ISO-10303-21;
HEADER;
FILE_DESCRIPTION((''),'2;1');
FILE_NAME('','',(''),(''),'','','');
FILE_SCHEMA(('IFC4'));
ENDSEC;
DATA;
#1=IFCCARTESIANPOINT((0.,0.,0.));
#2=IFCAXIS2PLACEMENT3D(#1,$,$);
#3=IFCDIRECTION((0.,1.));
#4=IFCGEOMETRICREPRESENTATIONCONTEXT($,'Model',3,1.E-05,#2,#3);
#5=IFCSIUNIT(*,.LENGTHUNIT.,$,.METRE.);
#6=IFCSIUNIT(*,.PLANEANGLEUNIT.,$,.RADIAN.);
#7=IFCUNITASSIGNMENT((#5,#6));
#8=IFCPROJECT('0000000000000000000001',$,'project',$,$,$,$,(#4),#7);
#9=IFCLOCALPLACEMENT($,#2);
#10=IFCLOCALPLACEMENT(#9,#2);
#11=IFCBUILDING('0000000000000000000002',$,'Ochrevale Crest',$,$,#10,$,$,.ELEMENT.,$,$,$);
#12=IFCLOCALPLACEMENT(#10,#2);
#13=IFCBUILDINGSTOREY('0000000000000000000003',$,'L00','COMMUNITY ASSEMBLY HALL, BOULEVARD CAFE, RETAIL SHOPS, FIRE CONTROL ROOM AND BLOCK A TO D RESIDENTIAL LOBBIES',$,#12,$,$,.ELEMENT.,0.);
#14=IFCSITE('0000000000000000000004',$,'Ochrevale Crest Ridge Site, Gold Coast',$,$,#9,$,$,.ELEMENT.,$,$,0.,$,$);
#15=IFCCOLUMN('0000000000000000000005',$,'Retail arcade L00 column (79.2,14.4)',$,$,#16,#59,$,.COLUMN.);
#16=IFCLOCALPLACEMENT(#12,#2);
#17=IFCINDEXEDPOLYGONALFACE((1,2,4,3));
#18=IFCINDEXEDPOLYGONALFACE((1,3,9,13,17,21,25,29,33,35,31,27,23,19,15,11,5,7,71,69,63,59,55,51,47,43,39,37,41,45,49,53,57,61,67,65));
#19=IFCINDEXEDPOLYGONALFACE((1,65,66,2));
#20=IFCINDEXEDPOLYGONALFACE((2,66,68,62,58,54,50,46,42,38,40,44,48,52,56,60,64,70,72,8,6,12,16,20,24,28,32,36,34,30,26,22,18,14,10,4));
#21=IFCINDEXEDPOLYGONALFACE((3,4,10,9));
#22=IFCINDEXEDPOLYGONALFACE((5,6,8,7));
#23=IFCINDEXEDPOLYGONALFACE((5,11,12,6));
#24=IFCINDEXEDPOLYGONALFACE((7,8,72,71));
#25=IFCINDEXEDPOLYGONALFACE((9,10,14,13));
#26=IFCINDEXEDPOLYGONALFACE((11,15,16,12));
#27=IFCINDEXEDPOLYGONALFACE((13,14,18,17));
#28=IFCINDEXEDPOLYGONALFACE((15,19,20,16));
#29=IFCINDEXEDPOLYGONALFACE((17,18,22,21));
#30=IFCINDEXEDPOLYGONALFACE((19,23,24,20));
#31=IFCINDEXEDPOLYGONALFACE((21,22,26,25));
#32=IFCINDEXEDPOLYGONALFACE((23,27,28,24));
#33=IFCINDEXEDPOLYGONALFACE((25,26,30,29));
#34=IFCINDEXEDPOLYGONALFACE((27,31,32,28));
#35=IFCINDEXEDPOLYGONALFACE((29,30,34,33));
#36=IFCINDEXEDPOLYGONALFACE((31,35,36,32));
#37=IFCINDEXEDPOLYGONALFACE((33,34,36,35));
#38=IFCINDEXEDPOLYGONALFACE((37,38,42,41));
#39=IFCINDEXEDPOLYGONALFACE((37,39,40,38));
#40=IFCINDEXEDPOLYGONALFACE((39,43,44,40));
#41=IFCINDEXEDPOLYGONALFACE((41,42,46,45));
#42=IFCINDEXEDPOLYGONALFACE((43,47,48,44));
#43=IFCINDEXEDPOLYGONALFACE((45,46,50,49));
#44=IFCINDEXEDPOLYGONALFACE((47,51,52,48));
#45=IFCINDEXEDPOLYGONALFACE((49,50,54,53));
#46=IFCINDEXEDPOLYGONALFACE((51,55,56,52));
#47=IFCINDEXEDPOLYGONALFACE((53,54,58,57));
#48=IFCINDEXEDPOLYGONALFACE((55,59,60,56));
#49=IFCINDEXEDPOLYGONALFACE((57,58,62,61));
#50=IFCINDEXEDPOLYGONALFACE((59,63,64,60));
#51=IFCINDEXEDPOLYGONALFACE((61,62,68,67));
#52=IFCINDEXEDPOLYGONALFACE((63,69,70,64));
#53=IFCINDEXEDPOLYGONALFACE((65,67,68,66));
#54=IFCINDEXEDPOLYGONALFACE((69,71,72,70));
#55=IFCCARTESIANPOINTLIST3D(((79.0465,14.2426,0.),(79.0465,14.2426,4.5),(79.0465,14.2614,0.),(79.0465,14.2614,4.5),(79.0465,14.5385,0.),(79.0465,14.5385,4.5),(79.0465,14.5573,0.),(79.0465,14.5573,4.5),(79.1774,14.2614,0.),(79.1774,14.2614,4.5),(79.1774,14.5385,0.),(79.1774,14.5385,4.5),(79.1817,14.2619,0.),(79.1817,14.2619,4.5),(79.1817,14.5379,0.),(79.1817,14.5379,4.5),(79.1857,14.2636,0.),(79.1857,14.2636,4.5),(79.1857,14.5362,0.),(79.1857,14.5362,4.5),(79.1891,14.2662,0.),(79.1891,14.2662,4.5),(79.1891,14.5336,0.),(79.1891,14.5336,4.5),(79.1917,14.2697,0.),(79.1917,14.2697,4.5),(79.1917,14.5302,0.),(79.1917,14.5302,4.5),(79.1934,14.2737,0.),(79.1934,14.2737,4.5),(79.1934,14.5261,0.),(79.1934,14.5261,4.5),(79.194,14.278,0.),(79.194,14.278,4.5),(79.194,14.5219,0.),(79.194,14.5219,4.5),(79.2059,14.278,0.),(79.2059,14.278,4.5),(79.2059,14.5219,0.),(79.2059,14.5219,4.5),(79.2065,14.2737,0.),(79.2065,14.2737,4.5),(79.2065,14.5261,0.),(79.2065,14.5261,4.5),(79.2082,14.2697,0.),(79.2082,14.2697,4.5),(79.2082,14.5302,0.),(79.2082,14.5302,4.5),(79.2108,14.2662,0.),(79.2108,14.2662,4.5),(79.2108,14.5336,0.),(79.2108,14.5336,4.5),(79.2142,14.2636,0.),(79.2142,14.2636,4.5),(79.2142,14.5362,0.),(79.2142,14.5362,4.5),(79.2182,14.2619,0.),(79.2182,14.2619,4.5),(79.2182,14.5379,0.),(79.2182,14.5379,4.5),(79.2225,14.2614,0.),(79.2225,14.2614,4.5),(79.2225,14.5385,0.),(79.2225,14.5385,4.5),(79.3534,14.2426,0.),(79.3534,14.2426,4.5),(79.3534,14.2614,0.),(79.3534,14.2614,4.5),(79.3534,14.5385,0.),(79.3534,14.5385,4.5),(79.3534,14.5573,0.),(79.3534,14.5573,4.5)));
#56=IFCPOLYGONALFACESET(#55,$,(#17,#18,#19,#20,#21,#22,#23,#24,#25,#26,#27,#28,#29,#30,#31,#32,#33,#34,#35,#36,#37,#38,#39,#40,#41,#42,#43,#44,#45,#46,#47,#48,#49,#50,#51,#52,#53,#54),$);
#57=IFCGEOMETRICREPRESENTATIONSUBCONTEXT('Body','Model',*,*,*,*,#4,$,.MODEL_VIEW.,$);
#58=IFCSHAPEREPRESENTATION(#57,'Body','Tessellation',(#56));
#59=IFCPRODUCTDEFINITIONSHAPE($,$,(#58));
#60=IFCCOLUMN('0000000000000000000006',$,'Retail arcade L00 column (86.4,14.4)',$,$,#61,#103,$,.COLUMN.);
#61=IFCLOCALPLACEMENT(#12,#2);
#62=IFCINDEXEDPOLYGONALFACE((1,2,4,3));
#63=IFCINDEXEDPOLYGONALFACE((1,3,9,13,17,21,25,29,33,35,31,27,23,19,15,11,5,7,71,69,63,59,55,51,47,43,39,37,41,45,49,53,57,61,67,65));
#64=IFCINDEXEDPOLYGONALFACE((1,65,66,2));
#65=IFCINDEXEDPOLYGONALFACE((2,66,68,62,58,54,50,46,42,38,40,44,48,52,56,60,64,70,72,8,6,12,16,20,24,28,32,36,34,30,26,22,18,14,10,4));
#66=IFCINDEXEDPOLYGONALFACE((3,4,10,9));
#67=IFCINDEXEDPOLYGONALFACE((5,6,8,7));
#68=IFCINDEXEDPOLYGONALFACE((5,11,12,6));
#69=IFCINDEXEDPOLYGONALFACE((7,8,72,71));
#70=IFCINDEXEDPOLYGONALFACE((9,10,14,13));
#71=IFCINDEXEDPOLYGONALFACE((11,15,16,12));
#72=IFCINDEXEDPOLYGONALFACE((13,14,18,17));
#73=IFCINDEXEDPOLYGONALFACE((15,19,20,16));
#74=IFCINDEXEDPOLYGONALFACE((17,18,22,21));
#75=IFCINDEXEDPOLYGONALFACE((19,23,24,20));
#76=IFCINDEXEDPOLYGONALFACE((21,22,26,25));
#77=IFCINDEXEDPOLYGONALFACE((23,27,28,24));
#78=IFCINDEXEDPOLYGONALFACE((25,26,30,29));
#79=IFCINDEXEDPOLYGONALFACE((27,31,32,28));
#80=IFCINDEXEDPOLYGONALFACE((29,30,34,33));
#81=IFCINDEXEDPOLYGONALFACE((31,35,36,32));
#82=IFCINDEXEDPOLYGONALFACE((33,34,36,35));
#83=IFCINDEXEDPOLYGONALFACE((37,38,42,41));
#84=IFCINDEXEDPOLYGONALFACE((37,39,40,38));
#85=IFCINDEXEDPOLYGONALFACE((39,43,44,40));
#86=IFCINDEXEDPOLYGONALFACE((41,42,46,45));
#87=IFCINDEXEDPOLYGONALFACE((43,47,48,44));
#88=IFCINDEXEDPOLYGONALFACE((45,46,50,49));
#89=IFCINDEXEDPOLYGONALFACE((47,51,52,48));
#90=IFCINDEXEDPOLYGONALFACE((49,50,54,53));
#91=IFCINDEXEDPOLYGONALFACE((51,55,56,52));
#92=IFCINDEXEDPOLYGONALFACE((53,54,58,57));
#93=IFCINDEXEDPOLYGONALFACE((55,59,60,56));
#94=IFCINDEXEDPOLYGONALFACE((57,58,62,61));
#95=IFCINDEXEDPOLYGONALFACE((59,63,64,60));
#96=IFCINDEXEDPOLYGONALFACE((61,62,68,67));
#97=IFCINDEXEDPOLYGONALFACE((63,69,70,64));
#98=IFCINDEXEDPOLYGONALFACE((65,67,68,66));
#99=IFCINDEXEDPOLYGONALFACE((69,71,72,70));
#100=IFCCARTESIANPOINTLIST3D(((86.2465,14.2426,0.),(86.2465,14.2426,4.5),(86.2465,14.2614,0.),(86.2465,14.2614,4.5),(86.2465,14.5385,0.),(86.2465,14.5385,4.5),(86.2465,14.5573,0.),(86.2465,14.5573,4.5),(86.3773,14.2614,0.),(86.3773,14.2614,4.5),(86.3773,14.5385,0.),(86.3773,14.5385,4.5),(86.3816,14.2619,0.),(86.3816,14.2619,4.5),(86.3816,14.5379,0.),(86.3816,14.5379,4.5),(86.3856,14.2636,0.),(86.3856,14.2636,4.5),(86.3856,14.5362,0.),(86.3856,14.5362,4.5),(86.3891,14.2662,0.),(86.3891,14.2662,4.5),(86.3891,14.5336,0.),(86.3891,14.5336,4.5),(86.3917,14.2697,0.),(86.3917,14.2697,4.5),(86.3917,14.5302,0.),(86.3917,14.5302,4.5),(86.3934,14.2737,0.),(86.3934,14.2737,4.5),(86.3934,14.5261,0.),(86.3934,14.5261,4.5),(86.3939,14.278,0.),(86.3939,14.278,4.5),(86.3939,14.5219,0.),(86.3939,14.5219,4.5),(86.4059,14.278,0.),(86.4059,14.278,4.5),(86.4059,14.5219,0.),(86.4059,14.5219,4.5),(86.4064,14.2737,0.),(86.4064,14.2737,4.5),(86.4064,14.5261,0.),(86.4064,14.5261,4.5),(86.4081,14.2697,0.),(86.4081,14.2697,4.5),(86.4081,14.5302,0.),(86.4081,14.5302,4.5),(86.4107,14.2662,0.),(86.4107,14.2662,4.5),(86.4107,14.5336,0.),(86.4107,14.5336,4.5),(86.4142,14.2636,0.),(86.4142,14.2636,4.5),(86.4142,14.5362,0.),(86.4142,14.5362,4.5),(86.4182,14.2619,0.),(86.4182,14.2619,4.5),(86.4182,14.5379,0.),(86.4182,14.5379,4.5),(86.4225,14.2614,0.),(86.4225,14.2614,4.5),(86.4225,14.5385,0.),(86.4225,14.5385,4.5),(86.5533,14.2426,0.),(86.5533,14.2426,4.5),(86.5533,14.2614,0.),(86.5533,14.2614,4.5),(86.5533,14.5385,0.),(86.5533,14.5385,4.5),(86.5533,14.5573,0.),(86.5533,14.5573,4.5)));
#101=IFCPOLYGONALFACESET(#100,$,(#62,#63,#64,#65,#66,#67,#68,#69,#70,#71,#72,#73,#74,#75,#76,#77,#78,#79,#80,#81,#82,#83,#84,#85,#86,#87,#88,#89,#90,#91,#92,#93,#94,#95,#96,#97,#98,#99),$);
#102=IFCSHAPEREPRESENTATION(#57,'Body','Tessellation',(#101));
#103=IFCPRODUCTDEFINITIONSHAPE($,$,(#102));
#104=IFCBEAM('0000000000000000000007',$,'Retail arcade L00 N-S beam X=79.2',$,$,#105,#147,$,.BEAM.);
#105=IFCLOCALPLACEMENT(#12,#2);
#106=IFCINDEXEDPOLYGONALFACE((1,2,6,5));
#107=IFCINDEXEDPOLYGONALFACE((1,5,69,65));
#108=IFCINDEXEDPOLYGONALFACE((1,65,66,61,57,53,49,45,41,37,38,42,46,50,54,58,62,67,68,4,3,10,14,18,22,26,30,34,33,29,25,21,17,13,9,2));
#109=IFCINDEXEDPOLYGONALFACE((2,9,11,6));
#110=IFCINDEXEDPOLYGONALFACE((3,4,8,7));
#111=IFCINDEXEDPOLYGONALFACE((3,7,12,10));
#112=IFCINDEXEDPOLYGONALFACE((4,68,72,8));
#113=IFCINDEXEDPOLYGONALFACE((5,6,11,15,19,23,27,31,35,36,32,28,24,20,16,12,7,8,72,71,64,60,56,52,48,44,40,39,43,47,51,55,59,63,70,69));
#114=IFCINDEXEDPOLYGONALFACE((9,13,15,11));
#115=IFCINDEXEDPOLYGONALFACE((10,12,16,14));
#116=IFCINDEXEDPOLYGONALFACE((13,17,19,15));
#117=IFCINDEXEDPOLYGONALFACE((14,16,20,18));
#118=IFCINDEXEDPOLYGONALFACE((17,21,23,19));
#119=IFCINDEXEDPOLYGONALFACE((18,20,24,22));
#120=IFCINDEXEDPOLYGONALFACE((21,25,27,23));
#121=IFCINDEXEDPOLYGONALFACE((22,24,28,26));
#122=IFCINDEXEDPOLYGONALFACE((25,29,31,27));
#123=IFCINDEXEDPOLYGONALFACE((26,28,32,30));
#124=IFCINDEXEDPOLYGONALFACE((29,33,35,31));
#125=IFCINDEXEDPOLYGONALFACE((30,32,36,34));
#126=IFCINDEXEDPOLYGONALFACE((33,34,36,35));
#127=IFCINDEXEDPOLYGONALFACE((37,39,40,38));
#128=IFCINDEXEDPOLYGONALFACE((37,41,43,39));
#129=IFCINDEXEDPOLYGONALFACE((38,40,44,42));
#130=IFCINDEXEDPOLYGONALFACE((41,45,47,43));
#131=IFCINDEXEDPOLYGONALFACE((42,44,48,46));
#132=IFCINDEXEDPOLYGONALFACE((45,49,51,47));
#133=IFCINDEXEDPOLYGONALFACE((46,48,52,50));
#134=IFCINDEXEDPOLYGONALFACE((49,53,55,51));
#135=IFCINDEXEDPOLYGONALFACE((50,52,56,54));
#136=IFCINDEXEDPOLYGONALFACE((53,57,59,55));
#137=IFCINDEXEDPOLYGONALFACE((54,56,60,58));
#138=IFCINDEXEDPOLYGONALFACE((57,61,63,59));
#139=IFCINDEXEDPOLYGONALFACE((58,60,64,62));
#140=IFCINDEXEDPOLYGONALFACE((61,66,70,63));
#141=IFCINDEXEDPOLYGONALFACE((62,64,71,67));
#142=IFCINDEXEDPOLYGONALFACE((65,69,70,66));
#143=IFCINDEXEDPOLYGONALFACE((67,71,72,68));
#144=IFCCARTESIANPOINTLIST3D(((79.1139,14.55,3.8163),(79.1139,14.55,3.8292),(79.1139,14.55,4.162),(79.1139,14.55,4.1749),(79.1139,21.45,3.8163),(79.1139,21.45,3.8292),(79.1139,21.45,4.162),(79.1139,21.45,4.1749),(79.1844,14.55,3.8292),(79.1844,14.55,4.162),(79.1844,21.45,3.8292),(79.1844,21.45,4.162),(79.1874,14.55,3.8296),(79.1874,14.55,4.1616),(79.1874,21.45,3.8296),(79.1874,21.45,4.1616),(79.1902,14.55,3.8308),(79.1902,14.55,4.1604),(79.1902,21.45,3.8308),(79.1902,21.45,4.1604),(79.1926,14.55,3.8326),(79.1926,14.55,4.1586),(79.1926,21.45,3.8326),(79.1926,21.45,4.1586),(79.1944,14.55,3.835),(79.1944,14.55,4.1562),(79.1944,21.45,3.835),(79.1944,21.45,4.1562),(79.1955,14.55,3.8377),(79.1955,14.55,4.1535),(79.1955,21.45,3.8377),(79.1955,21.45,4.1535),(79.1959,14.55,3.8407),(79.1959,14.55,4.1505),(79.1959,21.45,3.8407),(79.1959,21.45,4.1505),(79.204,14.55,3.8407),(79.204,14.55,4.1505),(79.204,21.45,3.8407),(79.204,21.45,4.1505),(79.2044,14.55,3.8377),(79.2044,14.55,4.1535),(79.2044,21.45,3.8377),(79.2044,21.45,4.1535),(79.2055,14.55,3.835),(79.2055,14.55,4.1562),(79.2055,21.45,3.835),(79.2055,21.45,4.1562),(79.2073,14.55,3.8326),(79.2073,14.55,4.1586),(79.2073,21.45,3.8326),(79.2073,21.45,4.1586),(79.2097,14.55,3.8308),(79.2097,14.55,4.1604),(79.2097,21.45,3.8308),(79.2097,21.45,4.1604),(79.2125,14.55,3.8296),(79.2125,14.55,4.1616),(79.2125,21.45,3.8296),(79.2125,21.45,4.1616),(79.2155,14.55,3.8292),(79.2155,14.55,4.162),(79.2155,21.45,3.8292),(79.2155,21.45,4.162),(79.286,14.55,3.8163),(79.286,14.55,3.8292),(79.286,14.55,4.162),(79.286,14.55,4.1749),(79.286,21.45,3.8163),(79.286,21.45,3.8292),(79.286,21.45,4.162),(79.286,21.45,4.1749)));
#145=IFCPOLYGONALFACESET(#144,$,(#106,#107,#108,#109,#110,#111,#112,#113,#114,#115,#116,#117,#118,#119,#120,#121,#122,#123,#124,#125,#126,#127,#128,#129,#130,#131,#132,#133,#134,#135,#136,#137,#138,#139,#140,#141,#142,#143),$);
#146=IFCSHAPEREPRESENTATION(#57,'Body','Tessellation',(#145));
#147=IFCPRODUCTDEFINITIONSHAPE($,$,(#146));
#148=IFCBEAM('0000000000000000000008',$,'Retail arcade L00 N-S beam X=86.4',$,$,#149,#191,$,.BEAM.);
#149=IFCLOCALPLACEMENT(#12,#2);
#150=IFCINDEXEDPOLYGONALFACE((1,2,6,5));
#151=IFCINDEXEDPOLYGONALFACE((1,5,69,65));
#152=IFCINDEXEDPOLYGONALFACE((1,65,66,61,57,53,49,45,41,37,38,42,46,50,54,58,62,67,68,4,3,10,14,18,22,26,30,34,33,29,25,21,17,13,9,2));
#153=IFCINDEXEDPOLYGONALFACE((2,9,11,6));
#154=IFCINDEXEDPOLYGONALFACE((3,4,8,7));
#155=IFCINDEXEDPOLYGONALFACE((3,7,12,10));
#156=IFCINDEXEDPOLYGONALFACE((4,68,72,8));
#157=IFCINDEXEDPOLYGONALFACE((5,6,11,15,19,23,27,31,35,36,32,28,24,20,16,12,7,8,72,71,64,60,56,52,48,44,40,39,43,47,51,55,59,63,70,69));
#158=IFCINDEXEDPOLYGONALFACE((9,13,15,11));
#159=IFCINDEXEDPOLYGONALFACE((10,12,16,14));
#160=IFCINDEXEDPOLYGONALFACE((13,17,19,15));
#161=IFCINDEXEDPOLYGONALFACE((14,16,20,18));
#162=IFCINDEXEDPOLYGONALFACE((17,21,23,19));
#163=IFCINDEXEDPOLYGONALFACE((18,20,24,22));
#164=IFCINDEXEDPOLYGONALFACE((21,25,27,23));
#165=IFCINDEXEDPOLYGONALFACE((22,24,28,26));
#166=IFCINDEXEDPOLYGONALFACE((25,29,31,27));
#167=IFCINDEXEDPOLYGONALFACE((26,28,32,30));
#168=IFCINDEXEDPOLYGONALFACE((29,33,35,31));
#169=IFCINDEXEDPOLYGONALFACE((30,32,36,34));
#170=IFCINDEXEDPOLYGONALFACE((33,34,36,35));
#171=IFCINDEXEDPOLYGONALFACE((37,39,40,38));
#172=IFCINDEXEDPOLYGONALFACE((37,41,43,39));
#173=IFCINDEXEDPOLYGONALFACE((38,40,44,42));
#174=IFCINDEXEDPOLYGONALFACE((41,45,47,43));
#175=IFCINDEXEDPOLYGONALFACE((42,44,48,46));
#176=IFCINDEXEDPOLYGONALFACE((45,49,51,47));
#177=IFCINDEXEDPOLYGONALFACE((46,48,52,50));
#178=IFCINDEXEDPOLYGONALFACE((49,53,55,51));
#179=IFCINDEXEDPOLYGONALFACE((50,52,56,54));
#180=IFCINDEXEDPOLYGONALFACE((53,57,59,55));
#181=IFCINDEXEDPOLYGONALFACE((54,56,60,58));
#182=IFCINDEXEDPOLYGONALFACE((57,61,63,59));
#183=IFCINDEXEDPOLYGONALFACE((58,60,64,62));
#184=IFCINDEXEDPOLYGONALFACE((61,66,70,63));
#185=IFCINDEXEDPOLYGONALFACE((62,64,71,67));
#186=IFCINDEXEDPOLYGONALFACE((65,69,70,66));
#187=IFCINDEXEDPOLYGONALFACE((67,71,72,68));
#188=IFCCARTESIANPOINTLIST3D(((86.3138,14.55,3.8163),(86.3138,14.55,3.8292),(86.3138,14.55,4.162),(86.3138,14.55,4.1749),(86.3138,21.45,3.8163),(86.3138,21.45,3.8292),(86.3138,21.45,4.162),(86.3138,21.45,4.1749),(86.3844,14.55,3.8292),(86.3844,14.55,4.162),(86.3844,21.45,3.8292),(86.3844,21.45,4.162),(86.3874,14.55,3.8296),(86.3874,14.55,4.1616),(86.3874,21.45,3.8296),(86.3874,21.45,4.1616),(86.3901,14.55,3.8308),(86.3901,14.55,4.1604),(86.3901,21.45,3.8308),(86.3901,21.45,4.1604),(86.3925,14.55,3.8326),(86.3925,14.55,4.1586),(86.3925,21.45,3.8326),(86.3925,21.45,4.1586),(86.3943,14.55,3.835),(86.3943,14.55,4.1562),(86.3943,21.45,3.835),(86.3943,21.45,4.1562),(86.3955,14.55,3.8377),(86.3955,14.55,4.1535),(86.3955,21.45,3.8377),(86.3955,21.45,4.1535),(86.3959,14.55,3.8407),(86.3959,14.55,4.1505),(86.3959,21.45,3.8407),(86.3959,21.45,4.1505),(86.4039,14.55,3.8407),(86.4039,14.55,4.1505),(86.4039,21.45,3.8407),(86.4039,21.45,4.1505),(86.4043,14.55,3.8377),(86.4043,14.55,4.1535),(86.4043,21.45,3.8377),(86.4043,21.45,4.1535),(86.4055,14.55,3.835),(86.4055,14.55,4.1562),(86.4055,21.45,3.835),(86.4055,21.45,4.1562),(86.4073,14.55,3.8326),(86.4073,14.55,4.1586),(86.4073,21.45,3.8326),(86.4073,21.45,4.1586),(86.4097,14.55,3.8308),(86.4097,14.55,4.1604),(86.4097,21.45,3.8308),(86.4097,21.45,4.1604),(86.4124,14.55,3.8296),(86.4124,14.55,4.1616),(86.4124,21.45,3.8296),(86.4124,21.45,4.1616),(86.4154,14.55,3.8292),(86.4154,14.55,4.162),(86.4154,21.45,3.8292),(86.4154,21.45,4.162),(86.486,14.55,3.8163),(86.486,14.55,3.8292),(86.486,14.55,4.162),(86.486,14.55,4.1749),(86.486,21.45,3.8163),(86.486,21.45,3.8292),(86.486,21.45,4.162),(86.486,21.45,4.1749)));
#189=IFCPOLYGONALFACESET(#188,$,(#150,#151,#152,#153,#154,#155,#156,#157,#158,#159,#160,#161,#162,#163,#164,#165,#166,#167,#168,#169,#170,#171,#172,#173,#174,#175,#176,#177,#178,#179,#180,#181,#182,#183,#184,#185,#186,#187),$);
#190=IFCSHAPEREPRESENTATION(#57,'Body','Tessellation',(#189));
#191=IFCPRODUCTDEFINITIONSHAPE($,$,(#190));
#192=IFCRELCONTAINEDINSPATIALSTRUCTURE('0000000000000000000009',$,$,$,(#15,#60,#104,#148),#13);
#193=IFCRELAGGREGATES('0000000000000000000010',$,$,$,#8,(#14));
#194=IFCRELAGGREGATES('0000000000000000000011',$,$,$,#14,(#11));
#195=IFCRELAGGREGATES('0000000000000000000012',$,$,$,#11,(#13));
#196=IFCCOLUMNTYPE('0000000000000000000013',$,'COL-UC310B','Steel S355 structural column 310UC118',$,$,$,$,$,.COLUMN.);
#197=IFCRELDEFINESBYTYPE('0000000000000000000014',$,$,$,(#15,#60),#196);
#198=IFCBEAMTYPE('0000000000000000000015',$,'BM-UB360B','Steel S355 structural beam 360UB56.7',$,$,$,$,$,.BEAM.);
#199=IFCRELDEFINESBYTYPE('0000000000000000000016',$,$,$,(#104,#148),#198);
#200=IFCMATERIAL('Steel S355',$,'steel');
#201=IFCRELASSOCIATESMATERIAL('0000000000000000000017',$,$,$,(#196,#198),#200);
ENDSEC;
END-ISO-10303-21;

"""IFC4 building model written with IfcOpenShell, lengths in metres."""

from ifc_helpers import new_model, si_unit, direction, frame, origin, origin_2d, place, context, subcontext, project, spatial, i_section, extrude, material, material_profile, profile_set, type_object, element, save


model = new_model("IFC4")

# Units and contexts
model_context = context("Model", 3, precision=1e-05, world=origin(), true_north=direction((0.0, 1.0)))
body_context = subcontext(model_context, "Body", "Model", "MODEL_VIEW")
ifc_project = project(units=[si_unit("LENGTHUNIT", "METRE"), si_unit("PLANEANGLEUNIT", "RADIAN")], contexts=[model_context])

# Site, building, storey
site_placement = place(None, origin())
site = spatial("IfcSite", under=ifc_project, at=site_placement, Name="Ochrevale Crest Ridge Site, Gold Coast", CompositionType="ELEMENT", RefElevation=0.0)
building_placement = place(site_placement, origin())
building = spatial("IfcBuilding", under=site, at=building_placement, Name="Ochrevale Crest", CompositionType="ELEMENT")
storey_placement = place(building_placement, origin())
storey = spatial("IfcBuildingStorey", under=building, at=storey_placement, Name="L00", Description="COMMUNITY ASSEMBLY HALL, BOULEVARD CAFE, RETAIL SHOPS, FIRE CONTROL ROOM AND BLOCK A TO D RESIDENTIAL LOBBIES", CompositionType="ELEMENT", Elevation=0.0)

# Columns
ifc_material_1 = material(Name="Steel S355", Category="steel")
ifc_material_profile_1 = material_profile(ifc_material_1, i_section(OverallWidth=0.3069, OverallDepth=0.3147, WebThickness=0.012, FlangeThickness=0.0188, FilletRadius=0.0166, at=origin_2d()), Name="310UC118")
ifc_profile_set_1 = profile_set([ifc_material_profile_1], Name="Steel S355")
column_type = type_object("IfcColumnType", Name="COL-UC310B", Description="Steel S355 structural column 310UC118", PredefinedType="COLUMN", material=ifc_profile_set_1)
for number, where, z_axis, x_axis, name in (
    (1, (79.2, 14.3999, 0.0), (0.0, 0.0, 1.0), (1.0, 0.0, 0.0), "Retail arcade L00 column (79.2,14.4)"),
    (2, (86.3999, 14.3999, 0.0), (0.0, 0.0, 1.0), (1.0, 0.0, 0.0), "Retail arcade L00 column (86.4,14.4)"),
):
    element("IfcColumn", number, at=place(storey_placement, frame(where, z_axis=z_axis, x_axis=x_axis)), inside=storey, type_object=column_type, Name=name, PredefinedType="COLUMN", context=body_context, shape_type="SweptSolid", body=[
        extrude(i_section(OverallWidth=0.3069, OverallDepth=0.3147, WebThickness=0.012, FlangeThickness=0.0188, FilletRadius=0.0166, at=origin_2d()), origin(), (0.0, 0.0, 1.0), 4.5),
    ])

# Beams
ifc_material_profile_2 = material_profile(ifc_material_1, i_section(OverallWidth=0.1721, OverallDepth=0.3586, WebThickness=0.0081, FlangeThickness=0.0129, FilletRadius=0.0115, at=origin_2d()), Name="360UB56.7")
ifc_profile_set_2 = profile_set([ifc_material_profile_2], Name="Steel S355")
beam_type_1 = type_object("IfcBeamType", Name="BM-UB360B", Description="Steel S355 structural beam 360UB56.7", PredefinedType="BEAM", material=ifc_profile_set_2)
for number, where, z_axis, x_axis, name in (
    (3, (79.2, 14.55, 3.9956), (0.0, 1.0, 0.0), (-1.0, 0.0, 0.0), "Retail arcade L00 N-S beam X=79.2"),
    (4, (86.3999, 14.55, 3.9956), (0.0, 1.0, 0.0), (-1.0, 0.0, 0.0), "Retail arcade L00 N-S beam X=86.4"),
):
    element("IfcBeam", number, at=place(storey_placement, frame(where, z_axis=z_axis, x_axis=x_axis)), inside=storey, type_object=beam_type_1, Name=name, PredefinedType="BEAM", context=body_context, shape_type="SweptSolid", body=[
        extrude(i_section(OverallWidth=0.1721, OverallDepth=0.3586, WebThickness=0.0081, FlangeThickness=0.0129, FilletRadius=0.0115, at=origin_2d()), origin(), (0.0, 0.0, 1.0), 6.8999),
    ])

save(model, "model.ifc")
